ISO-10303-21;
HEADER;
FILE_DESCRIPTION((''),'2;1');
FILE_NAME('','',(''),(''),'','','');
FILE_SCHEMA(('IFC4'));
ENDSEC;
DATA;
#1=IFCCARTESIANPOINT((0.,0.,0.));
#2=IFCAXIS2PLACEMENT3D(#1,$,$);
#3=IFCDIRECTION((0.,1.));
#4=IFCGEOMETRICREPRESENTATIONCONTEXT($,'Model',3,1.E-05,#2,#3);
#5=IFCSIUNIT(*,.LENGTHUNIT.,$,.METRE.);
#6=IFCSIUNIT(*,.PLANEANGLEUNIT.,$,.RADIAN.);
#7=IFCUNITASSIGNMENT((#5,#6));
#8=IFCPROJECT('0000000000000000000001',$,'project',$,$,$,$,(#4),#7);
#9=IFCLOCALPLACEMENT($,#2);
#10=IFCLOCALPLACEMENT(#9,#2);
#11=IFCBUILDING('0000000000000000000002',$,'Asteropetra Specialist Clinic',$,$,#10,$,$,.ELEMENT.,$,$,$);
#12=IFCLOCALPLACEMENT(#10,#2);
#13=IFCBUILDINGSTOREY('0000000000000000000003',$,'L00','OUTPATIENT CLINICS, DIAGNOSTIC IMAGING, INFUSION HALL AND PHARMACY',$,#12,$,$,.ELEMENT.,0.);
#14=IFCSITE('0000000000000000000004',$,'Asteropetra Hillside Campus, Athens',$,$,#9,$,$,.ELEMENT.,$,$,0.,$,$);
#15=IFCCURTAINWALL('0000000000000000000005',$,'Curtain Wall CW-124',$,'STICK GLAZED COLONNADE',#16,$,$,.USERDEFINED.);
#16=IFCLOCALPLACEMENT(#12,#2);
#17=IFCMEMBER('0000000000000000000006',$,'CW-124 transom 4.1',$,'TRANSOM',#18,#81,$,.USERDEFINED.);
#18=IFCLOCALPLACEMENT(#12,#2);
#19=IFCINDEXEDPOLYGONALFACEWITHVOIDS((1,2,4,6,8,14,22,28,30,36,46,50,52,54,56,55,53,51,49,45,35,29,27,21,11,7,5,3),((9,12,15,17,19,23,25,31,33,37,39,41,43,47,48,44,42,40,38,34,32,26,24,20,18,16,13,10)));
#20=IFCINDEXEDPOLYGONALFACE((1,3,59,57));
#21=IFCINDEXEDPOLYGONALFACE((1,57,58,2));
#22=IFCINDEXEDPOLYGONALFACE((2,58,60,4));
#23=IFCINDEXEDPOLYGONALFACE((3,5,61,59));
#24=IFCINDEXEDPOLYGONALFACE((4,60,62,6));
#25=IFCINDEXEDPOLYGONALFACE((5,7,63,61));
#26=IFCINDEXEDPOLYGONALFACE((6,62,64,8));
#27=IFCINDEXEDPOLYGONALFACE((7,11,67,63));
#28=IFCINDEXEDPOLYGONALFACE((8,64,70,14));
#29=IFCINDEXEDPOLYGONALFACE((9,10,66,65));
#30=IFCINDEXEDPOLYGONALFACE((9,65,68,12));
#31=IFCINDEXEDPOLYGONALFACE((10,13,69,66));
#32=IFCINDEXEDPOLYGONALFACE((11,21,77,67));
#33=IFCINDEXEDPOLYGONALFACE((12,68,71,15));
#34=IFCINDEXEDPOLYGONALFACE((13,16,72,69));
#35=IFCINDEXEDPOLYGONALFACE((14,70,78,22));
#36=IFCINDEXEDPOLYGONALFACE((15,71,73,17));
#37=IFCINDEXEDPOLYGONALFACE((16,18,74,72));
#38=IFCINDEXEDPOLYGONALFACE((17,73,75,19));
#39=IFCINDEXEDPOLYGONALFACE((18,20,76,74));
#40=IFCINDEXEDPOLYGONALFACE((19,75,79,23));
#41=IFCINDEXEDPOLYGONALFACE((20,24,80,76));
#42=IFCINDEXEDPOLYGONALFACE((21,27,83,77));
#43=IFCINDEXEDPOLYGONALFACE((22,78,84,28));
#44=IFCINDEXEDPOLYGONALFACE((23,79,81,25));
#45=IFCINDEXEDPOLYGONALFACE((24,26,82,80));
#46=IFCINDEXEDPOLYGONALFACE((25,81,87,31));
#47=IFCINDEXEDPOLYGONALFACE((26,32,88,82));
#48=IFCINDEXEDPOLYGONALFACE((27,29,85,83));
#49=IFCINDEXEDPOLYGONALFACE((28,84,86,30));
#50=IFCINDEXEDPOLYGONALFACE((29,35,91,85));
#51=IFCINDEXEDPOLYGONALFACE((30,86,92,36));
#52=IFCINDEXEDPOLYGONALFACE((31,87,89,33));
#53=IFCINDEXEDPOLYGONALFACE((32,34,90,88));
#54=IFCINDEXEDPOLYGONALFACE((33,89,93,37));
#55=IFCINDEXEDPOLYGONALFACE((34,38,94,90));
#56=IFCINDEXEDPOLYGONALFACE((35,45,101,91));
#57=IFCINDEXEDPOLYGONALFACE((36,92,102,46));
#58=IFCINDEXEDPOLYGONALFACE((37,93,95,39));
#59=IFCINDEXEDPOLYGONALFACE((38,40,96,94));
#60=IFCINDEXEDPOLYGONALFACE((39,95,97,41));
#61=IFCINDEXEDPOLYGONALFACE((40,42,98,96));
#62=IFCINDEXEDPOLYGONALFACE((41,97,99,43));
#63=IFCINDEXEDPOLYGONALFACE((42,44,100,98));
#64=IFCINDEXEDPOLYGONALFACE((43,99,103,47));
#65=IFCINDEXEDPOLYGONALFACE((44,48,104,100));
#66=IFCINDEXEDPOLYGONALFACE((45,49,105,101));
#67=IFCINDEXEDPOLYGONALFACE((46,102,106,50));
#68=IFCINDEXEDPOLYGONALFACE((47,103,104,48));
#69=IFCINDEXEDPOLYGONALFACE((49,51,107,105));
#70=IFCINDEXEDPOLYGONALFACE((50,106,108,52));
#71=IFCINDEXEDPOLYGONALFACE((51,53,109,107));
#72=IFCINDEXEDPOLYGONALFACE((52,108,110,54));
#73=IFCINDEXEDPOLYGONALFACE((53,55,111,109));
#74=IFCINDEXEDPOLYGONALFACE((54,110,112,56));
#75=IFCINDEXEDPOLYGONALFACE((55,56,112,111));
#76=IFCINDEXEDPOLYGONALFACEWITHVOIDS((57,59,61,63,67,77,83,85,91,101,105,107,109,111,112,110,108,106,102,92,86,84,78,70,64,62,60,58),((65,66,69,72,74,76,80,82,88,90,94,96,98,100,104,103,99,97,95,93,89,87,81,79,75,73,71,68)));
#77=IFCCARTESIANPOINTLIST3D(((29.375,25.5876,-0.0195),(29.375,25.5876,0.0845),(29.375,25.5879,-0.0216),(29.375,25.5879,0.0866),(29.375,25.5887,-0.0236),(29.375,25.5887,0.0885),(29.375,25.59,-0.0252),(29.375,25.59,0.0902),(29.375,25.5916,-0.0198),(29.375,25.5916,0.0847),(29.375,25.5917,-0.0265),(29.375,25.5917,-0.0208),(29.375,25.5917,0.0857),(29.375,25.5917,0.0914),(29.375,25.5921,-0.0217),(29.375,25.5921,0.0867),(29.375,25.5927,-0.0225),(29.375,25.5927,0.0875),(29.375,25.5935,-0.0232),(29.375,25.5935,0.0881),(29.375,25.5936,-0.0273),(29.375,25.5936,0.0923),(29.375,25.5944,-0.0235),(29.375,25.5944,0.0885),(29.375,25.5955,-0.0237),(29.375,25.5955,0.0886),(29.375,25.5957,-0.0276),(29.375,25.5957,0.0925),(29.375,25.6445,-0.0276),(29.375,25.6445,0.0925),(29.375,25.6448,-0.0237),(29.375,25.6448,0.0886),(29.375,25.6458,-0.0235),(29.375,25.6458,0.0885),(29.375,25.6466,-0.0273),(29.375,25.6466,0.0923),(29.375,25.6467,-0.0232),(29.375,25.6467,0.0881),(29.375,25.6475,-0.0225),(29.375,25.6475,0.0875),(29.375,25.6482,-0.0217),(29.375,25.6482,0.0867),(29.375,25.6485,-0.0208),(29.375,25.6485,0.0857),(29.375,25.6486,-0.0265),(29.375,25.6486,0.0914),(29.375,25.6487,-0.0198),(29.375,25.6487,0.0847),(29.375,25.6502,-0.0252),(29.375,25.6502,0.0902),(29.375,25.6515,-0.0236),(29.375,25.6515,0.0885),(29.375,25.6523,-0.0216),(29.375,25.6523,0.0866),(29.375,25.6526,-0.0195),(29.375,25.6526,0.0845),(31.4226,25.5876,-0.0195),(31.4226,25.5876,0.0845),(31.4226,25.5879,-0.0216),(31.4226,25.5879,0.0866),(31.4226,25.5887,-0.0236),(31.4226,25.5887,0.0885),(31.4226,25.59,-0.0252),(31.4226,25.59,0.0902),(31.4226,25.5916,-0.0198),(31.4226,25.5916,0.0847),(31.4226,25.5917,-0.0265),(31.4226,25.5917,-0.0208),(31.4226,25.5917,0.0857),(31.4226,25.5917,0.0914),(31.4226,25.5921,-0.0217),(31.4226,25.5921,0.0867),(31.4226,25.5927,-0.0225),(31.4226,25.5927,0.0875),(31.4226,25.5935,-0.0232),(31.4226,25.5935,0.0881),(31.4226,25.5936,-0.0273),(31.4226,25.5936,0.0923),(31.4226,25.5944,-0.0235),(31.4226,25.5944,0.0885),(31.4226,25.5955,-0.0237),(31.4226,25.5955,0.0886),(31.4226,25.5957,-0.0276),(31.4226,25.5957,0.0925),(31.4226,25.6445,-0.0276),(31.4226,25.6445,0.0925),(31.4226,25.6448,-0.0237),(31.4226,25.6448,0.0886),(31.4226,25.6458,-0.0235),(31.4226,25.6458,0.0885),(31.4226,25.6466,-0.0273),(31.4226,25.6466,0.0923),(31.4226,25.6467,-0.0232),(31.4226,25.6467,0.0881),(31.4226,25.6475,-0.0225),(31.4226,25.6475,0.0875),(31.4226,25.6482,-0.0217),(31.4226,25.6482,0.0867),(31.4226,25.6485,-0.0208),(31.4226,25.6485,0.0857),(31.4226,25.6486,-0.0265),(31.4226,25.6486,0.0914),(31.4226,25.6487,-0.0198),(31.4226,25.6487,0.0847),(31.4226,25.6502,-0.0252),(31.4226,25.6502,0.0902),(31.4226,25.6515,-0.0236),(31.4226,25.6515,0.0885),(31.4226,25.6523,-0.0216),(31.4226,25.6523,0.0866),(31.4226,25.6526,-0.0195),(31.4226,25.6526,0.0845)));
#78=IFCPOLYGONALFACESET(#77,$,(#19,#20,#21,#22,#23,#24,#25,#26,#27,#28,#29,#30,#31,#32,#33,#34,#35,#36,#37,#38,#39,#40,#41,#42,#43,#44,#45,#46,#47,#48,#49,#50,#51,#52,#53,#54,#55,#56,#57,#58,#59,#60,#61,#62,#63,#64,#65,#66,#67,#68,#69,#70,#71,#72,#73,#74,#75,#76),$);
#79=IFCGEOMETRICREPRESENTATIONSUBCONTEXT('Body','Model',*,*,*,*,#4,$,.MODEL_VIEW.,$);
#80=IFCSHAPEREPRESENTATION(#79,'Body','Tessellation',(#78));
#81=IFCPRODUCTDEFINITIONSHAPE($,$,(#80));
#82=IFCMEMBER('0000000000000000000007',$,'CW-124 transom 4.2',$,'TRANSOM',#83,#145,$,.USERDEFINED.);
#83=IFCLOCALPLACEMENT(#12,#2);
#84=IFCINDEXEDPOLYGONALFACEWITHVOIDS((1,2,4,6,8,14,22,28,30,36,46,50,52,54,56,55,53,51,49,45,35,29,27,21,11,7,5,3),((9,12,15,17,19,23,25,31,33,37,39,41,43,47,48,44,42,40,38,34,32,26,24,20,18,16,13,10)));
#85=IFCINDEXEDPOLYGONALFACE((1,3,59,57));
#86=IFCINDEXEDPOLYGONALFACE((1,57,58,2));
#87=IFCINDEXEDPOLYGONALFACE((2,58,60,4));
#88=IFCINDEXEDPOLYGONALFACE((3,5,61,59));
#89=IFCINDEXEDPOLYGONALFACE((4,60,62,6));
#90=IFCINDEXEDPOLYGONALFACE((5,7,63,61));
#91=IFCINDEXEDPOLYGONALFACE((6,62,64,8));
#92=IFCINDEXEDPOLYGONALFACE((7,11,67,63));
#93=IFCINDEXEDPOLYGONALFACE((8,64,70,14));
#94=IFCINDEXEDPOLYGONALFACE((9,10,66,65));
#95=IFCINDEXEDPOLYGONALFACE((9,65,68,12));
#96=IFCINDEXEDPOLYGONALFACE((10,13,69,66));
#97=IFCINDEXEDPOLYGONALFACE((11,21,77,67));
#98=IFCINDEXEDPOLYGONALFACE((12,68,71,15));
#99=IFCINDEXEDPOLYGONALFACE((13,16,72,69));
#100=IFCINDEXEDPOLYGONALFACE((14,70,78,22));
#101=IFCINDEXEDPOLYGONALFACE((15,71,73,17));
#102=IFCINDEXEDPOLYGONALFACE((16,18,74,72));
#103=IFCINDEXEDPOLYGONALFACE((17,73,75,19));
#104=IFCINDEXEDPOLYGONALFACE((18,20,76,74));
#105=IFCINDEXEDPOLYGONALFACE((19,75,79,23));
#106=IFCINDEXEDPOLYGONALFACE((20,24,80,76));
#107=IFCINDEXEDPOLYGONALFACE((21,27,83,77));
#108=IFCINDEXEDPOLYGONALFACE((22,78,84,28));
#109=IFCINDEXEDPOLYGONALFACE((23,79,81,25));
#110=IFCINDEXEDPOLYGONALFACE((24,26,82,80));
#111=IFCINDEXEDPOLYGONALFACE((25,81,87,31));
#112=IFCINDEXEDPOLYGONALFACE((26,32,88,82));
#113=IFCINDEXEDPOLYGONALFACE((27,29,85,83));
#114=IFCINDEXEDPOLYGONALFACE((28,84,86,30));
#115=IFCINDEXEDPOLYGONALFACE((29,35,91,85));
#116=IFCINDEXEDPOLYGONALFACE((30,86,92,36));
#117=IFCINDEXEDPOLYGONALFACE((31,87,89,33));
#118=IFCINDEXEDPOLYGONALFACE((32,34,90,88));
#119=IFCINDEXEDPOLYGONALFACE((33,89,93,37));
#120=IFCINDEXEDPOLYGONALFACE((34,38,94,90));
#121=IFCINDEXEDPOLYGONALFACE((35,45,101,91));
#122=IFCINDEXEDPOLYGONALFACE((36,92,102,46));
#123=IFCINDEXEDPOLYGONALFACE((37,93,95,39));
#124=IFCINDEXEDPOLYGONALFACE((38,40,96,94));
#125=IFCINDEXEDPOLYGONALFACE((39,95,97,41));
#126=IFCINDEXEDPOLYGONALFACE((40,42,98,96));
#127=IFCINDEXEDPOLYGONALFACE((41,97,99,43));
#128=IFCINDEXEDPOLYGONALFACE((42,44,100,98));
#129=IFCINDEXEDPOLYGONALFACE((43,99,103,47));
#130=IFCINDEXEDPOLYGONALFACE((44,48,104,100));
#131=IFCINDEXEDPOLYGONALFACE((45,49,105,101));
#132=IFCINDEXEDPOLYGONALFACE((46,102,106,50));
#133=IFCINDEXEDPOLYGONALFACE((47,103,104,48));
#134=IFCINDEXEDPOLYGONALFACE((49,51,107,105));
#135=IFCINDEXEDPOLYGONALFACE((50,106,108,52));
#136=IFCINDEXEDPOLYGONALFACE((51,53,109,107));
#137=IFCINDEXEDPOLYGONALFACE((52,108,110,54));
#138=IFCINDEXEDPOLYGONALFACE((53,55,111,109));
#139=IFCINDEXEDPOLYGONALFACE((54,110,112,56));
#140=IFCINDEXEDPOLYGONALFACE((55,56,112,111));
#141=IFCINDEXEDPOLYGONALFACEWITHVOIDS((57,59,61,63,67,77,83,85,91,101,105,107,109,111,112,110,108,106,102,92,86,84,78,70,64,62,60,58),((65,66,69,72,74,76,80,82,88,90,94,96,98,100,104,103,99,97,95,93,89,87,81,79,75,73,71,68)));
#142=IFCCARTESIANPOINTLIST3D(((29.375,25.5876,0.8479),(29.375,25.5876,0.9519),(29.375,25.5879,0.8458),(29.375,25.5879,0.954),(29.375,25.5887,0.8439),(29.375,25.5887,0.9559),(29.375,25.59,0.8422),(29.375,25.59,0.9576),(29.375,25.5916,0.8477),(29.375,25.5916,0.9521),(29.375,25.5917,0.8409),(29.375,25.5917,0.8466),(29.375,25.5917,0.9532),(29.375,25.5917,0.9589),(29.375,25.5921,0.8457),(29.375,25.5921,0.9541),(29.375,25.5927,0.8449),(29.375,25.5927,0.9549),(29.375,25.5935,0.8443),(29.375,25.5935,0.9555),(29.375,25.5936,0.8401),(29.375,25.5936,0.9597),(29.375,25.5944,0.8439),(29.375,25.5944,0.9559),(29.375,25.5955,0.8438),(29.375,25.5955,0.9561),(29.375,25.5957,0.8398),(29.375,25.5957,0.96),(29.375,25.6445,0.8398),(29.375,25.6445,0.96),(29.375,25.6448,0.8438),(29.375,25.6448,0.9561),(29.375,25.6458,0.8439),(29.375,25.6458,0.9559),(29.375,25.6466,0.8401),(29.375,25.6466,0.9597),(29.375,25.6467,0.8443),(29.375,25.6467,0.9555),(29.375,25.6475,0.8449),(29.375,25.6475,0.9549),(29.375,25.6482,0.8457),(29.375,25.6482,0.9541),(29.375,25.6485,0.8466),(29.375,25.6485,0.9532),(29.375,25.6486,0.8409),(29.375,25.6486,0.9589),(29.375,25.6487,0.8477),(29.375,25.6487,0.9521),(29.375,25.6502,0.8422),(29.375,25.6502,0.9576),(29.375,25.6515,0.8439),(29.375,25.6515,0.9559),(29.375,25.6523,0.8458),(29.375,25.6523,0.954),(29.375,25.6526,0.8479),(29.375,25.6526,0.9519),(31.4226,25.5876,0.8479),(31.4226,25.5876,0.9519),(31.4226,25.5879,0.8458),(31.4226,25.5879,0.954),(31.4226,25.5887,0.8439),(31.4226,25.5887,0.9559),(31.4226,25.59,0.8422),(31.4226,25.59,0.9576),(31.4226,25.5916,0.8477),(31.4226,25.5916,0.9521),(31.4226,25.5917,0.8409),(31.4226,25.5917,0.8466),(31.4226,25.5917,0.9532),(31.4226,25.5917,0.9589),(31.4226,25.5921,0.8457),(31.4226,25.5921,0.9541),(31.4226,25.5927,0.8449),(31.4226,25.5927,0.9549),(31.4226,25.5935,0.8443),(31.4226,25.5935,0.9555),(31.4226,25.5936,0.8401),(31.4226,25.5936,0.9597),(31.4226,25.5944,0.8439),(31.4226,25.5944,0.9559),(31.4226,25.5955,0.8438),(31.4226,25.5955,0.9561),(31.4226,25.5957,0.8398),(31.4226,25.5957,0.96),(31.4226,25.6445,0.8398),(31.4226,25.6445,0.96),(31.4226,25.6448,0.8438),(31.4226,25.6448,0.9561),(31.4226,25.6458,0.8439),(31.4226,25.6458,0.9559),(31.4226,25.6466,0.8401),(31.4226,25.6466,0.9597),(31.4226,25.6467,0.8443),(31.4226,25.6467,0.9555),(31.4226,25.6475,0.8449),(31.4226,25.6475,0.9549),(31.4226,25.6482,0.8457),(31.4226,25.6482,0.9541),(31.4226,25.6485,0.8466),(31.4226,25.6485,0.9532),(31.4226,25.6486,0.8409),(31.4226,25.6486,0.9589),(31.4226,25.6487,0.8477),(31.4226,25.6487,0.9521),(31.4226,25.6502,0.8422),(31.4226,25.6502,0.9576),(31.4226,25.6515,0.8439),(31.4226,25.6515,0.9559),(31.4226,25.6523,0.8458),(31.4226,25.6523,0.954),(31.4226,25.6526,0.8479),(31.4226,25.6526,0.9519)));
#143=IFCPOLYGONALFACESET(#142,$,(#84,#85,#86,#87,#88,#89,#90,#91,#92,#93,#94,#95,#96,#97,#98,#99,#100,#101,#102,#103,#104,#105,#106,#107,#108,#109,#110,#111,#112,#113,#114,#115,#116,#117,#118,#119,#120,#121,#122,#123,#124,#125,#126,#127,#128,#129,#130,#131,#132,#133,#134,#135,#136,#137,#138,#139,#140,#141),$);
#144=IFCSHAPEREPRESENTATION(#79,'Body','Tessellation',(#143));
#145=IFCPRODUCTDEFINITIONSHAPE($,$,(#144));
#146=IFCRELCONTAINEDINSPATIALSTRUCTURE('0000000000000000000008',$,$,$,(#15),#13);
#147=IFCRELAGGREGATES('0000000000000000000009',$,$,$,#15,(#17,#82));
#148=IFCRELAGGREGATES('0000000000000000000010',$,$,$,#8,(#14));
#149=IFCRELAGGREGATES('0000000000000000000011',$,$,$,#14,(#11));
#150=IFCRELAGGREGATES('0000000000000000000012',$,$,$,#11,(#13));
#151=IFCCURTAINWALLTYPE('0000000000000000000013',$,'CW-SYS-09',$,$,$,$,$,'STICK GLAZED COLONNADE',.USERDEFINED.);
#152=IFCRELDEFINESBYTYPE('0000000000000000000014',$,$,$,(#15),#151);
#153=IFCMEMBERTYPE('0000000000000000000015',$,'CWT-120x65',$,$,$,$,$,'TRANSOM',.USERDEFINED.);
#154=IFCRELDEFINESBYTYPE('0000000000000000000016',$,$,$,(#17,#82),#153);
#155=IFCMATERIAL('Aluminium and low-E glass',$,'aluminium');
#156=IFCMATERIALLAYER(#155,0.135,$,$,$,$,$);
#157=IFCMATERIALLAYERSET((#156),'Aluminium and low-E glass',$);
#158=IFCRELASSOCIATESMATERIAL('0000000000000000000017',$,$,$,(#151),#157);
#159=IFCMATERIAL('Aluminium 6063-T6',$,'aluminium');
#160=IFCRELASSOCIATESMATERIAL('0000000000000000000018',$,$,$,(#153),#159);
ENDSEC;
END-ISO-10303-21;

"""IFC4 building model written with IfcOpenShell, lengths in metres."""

from ifc_helpers import new_model, si_unit, direction, frame, origin, origin_2d, place, context, subcontext, project, spatial, hollow_rectangle, extrude, material, layer, layer_set, material_profile, profile_set, type_object, element, aggregate, save


model = new_model("IFC4")

# Units and contexts
model_context = context("Model", 3, precision=1e-05, world=origin(), true_north=direction((0.0, 1.0)))
body_context = subcontext(model_context, "Body", "Model", "MODEL_VIEW")
ifc_project = project(units=[si_unit("LENGTHUNIT", "METRE"), si_unit("PLANEANGLEUNIT", "RADIAN")], contexts=[model_context])

# Site, building, storey
site_placement = place(None, origin())
site = spatial("IfcSite", under=ifc_project, at=site_placement, Name="Asteropetra Hillside Campus, Athens", CompositionType="ELEMENT", RefElevation=0.0)
building_placement = place(site_placement, origin())
building = spatial("IfcBuilding", under=site, at=building_placement, Name="Asteropetra Specialist Clinic", CompositionType="ELEMENT")
storey_placement = place(building_placement, origin())
storey = spatial("IfcBuildingStorey", under=building, at=storey_placement, Name="L00", Description="OUTPATIENT CLINICS, DIAGNOSTIC IMAGING, INFUSION HALL AND PHARMACY", CompositionType="ELEMENT", Elevation=0.0)

# Curtain wall, members
ifc_material_1 = material(Name="Aluminium and low-E glass", Category="aluminium")
ifc_layer_1 = layer(ifc_material_1, 0.135)
ifc_layer_set_1 = layer_set([ifc_layer_1], Name="Aluminium and low-E glass")
curtain_wall_type = type_object("IfcCurtainWallType", Name="CW-SYS-09", ElementType="STICK GLAZED COLONNADE", PredefinedType="USERDEFINED", material=ifc_layer_set_1)
curtain_wall_placement = place(storey_placement, origin())
curtain_wall = element("IfcCurtainWall", 1, at=curtain_wall_placement, inside=storey, type_object=curtain_wall_type, Name="Curtain Wall CW-124", ObjectType="STICK GLAZED COLONNADE", PredefinedType="USERDEFINED")
ifc_material_2 = material(Name="Aluminium 6063-T6", Category="aluminium")
ifc_material_profile_1 = material_profile(ifc_material_2, hollow_rectangle(XDim=0.0649, YDim=0.1201, WallThickness=0.0039, InnerFilletRadius=0.0039, OuterFilletRadius=0.0081, at=origin_2d()), Name="TRN 120x65x4.0")
ifc_profile_set_1 = profile_set([ifc_material_profile_1], Name="Aluminium 6063-T6")
member_type_1 = type_object("IfcMemberType", Name="CWT-120x65", ElementType="TRANSOM", PredefinedType="USERDEFINED", material=ifc_profile_set_1)
member_1_placement = place(storey_placement, frame((31.4226, 25.6201, 0.0325), z_axis=(-1.0, 0.0, 0.0), x_axis=(0.0, -1.0, 0.0)))
member_1 = element("IfcMember", 2, at=member_1_placement, type_object=member_type_1, Name="CW-124 transom 4.1", ObjectType="TRANSOM", PredefinedType="USERDEFINED", context=body_context, shape_type="SweptSolid", body=[
    extrude(hollow_rectangle(XDim=0.0649, YDim=0.1201, WallThickness=0.0039, InnerFilletRadius=0.0039, OuterFilletRadius=0.0081, at=origin_2d()), origin(), (0.0, 0.0, 1.0), 2.0476),
])
member_2_placement = place(storey_placement, frame((31.4226, 25.6201, 0.8999), z_axis=(-1.0, 0.0, 0.0), x_axis=(0.0, -1.0, 0.0)))
member_2 = element("IfcMember", 3, at=member_2_placement, type_object=member_type_1, Name="CW-124 transom 4.2", ObjectType="TRANSOM", PredefinedType="USERDEFINED", context=body_context, shape_type="SweptSolid", body=[
    extrude(hollow_rectangle(XDim=0.0649, YDim=0.1201, WallThickness=0.0039, InnerFilletRadius=0.0039, OuterFilletRadius=0.0081, at=origin_2d()), origin(), (0.0, 0.0, 1.0), 2.0476),
])

aggregate(curtain_wall, [member_1, member_2])

save(model, "model.ifc")
